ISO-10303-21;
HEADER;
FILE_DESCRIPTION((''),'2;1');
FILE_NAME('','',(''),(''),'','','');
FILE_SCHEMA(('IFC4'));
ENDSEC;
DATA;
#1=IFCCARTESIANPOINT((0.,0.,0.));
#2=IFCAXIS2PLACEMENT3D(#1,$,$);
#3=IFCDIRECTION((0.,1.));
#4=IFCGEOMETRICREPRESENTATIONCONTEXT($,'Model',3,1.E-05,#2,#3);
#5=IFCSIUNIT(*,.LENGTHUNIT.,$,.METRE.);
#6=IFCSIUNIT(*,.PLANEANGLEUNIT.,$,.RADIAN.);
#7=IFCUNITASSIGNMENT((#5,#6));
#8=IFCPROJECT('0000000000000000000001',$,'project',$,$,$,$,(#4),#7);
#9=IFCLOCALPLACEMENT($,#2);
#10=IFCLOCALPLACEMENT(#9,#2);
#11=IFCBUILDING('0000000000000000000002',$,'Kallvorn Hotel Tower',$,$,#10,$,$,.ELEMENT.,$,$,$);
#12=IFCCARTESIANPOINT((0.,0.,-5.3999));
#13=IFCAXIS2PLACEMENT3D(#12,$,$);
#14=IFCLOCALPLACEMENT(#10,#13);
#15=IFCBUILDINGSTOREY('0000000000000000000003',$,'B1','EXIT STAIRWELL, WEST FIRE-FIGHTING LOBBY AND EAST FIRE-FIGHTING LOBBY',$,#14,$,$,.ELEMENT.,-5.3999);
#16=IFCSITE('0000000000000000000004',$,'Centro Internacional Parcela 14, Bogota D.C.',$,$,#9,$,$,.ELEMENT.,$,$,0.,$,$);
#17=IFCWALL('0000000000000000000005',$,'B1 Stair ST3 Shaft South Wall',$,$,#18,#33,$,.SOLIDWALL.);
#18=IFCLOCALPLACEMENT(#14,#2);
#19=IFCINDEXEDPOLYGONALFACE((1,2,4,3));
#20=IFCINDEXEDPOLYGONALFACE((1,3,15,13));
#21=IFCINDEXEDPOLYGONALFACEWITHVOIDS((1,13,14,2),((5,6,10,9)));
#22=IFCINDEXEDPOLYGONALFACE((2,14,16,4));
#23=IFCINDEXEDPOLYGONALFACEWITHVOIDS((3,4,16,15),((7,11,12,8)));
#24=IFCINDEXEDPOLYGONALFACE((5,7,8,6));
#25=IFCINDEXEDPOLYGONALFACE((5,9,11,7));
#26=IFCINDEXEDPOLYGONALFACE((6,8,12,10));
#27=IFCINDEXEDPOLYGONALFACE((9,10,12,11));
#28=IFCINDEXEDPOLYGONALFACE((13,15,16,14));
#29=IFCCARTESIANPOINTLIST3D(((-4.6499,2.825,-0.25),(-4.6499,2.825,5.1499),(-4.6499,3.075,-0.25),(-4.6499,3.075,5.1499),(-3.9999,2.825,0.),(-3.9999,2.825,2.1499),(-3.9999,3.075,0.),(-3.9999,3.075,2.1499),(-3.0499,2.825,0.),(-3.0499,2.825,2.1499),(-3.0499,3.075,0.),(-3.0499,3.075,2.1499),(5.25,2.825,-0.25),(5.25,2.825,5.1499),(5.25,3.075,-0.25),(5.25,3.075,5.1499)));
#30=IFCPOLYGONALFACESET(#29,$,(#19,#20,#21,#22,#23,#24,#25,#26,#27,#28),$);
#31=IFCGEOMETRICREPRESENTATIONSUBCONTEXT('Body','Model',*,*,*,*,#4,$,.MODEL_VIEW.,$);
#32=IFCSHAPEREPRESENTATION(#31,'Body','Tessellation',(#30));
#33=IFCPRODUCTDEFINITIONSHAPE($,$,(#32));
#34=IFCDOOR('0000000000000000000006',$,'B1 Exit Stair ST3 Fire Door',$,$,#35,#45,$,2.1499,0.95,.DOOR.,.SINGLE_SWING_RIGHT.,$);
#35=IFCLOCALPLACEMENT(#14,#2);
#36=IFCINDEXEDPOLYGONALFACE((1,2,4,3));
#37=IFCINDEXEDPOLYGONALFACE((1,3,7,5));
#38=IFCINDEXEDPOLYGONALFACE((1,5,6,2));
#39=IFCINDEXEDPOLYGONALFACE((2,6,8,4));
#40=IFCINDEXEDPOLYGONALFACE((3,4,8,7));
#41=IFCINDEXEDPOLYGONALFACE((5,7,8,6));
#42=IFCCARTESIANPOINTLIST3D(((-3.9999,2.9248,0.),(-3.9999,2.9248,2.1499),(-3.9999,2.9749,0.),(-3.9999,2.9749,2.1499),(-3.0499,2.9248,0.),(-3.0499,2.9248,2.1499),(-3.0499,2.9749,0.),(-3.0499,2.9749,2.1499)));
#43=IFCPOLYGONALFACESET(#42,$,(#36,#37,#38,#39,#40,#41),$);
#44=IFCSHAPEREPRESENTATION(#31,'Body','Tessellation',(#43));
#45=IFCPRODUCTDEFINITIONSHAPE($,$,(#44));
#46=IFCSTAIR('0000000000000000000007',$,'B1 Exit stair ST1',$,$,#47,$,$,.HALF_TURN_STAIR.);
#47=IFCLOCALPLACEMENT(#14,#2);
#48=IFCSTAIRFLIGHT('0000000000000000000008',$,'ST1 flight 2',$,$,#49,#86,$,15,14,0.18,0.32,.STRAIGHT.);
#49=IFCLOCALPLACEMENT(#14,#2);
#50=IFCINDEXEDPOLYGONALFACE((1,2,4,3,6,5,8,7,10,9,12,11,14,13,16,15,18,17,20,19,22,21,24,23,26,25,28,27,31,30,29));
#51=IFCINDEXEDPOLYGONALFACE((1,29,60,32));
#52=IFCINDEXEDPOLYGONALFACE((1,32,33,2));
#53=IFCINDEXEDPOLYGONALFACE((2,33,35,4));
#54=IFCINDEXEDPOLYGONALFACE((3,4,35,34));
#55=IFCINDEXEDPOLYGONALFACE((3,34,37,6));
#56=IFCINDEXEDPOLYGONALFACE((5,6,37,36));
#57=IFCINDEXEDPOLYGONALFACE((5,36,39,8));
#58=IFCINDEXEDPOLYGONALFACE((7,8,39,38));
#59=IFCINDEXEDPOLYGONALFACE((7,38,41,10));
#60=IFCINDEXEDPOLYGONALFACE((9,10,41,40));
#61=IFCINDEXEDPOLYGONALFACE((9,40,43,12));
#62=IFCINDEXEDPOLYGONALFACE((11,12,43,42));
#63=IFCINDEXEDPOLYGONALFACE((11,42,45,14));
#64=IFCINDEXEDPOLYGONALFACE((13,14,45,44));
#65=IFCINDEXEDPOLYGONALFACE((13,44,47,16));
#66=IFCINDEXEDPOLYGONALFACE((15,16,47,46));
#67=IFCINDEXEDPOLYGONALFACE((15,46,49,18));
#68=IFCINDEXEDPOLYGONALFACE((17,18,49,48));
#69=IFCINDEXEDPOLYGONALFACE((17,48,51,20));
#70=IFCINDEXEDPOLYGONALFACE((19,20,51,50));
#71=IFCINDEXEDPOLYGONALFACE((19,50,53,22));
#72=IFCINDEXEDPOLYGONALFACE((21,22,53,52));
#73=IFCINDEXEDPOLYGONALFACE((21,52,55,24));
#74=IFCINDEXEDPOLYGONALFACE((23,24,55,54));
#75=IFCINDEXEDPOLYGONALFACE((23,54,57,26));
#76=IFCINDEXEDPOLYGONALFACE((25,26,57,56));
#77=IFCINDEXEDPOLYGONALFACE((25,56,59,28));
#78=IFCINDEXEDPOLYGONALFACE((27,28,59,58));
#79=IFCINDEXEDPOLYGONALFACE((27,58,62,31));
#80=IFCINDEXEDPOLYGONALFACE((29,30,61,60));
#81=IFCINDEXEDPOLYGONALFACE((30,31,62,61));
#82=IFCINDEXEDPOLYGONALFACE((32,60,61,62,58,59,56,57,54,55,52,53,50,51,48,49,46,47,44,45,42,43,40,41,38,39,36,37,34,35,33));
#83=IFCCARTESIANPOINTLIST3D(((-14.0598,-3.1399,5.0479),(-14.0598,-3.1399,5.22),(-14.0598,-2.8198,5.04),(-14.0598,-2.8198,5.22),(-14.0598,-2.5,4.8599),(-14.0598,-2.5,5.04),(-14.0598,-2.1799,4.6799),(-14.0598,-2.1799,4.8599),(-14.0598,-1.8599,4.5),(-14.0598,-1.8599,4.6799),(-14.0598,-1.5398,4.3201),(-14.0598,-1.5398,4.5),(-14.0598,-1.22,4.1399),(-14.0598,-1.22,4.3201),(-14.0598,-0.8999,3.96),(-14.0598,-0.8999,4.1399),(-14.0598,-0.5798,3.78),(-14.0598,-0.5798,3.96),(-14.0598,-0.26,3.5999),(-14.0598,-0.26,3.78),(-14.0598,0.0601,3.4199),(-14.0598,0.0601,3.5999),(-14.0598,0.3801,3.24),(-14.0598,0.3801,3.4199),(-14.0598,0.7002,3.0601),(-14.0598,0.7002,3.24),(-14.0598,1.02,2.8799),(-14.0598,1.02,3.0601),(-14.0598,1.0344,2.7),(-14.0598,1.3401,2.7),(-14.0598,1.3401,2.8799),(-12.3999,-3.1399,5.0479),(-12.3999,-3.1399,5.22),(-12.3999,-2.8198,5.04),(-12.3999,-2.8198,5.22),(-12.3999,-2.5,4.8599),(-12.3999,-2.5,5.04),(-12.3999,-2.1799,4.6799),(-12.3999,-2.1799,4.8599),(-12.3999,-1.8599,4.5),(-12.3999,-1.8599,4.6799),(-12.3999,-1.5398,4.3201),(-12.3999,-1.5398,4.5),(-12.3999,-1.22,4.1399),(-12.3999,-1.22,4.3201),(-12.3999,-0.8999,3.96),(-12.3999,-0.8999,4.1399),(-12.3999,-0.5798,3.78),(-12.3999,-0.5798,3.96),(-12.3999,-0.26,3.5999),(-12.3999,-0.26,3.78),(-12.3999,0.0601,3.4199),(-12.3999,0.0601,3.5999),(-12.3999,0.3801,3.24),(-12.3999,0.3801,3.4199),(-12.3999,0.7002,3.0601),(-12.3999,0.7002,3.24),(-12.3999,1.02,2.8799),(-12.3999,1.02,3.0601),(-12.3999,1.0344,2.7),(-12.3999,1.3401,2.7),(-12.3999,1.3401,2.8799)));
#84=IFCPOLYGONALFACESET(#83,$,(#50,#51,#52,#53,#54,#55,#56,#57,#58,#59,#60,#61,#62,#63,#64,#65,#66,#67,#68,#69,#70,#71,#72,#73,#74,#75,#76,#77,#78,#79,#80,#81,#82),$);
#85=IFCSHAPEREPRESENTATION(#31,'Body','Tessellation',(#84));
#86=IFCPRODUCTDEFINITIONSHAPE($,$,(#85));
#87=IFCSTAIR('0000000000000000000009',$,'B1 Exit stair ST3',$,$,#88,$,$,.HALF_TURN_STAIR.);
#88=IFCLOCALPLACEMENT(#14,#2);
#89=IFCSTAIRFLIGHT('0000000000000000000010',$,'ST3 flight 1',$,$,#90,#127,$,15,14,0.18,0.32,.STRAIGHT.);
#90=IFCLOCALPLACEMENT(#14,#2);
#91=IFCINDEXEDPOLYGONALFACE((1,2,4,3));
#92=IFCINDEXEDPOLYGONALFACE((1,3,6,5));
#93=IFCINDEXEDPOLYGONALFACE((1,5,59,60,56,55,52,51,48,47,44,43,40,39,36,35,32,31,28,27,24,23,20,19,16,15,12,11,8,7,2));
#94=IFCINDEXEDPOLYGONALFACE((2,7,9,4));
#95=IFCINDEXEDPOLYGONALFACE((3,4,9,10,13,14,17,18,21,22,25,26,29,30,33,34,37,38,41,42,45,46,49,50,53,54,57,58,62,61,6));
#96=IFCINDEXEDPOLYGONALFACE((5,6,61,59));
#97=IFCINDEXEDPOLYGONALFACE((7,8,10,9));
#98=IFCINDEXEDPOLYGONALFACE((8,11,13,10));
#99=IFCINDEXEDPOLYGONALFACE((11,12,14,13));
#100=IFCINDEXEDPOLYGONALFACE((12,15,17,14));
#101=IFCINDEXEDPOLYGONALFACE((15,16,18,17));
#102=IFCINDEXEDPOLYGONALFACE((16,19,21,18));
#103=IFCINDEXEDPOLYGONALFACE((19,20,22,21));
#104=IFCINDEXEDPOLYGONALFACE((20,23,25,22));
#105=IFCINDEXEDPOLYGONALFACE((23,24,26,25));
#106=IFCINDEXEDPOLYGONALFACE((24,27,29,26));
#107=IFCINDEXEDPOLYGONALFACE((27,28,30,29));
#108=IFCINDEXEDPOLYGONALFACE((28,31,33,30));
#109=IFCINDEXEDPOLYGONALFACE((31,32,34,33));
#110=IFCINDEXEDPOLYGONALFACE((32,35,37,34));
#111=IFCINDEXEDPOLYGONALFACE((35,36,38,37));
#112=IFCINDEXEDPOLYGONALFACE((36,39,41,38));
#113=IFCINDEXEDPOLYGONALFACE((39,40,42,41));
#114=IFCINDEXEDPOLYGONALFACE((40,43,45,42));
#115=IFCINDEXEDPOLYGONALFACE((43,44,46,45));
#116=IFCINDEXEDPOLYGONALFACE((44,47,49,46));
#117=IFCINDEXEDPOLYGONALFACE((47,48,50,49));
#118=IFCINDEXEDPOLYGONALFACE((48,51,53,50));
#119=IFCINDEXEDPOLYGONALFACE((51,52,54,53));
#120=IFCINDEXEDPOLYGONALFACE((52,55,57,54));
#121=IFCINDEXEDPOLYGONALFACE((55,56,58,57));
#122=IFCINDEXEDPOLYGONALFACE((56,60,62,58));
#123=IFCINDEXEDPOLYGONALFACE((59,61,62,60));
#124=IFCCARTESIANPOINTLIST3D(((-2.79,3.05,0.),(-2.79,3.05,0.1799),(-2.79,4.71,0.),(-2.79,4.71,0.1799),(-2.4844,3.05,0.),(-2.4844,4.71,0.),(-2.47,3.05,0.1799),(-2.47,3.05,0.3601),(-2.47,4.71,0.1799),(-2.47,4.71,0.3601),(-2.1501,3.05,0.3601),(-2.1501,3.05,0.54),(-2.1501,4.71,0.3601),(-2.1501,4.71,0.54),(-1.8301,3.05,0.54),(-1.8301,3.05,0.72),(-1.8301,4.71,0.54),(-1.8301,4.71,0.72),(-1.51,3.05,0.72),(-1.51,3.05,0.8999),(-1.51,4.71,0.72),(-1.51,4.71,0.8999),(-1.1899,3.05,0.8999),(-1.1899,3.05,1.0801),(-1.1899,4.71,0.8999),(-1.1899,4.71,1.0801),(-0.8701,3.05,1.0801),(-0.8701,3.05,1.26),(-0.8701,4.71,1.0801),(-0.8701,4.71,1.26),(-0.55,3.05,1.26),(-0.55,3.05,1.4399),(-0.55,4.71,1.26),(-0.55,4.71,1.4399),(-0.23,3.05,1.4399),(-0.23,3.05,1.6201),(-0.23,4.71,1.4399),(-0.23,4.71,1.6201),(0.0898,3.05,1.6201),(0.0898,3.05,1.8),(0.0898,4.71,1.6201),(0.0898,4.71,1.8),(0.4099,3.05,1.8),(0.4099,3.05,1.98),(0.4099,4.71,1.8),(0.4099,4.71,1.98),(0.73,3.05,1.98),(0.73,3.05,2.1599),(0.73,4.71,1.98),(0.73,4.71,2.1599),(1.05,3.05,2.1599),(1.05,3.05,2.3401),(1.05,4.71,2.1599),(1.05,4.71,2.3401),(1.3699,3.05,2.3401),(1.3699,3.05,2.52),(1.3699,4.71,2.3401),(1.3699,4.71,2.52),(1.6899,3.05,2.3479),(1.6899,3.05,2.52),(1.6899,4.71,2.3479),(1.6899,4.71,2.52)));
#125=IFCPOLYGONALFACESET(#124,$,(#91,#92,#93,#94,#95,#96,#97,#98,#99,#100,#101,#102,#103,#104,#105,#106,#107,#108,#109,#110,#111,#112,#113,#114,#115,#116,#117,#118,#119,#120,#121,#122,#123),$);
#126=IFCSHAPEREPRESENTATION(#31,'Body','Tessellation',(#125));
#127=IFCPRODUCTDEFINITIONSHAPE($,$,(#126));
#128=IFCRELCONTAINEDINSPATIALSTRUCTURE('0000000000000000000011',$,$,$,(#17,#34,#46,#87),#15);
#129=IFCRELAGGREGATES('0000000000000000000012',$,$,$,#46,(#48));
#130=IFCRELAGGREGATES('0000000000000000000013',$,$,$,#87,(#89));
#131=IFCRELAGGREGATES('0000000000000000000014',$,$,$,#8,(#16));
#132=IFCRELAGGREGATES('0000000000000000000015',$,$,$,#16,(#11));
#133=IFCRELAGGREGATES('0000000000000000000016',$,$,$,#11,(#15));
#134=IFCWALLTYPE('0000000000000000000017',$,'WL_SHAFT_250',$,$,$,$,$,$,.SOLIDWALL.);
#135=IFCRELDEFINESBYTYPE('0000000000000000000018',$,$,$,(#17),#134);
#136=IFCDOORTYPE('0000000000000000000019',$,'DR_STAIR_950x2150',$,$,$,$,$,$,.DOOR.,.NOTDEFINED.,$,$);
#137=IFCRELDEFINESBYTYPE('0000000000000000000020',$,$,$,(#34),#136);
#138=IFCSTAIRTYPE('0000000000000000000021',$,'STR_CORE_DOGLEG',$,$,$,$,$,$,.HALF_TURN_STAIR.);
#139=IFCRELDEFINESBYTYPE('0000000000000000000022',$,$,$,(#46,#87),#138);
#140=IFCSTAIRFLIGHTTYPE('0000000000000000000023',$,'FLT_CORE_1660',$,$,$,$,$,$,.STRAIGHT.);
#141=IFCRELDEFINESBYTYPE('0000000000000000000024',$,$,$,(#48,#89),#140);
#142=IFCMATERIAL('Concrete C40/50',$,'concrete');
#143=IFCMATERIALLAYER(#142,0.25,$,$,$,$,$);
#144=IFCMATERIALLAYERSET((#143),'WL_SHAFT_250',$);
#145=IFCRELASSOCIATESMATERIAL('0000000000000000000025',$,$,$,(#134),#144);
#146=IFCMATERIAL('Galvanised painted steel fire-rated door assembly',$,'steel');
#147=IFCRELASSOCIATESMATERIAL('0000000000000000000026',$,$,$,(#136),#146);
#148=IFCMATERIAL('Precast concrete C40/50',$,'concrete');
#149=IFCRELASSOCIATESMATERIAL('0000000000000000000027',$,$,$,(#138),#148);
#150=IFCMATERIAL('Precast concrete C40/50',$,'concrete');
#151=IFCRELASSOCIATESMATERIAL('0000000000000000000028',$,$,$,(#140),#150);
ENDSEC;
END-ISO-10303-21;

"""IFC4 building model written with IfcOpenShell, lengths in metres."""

from ifc_helpers import new_model, si_unit, direction, frame, frame_2d, origin, place, context, subcontext, project, spatial, polyline, rectangle, outline, extrude, material, layer, layer_set, type_object, element, fill, aggregate, save


model = new_model("IFC4")

# Units and contexts
model_context = context("Model", 3, precision=1e-05, world=origin(), true_north=direction((0.0, 1.0)))
body_context = subcontext(model_context, "Body", "Model", "MODEL_VIEW")
ifc_project = project(units=[si_unit("LENGTHUNIT", "METRE"), si_unit("PLANEANGLEUNIT", "RADIAN")], contexts=[model_context])

# Site, building, storey
site_placement = place(None, origin())
site = spatial("IfcSite", under=ifc_project, at=site_placement, Name="Centro Internacional Parcela 14, Bogota D.C.", CompositionType="ELEMENT", RefElevation=0.0)
building_placement = place(site_placement, origin())
building = spatial("IfcBuilding", under=site, at=building_placement, Name="Kallvorn Hotel Tower", CompositionType="ELEMENT")
storey_placement = place(building_placement, frame((0.0, 0.0, -5.3999)))
storey = spatial("IfcBuildingStorey", under=building, at=storey_placement, Name="B1", Description="EXIT STAIRWELL, WEST FIRE-FIGHTING LOBBY AND EAST FIRE-FIGHTING LOBBY", CompositionType="ELEMENT", Elevation=-5.3999)

# Shared definitions
ifc_material_1 = material(Name="Concrete C40/50", Category="concrete")
ifc_layer_1 = layer(ifc_material_1, 0.25)
ifc_layer_set_1 = layer_set([ifc_layer_1], Name="WL_SHAFT_250")
wall_type_1 = type_object("IfcWallType", Name="WL_SHAFT_250", PredefinedType="SOLIDWALL", material=ifc_layer_set_1)

# Wall, opening, door
wall_1_placement = place(storey_placement, frame((-4.6499, 2.95, -0.25), z_axis=(0.0, 0.0, 1.0), x_axis=(1.0, 0.0, 0.0)))
wall_1 = element("IfcWall", 1, at=wall_1_placement, inside=storey, type_object=wall_type_1, Name="B1 Stair ST3 Shaft South Wall", PredefinedType="SOLIDWALL", context=body_context, shape_type="SweptSolid", body=[
    extrude(rectangle(XDim=9.8999, YDim=0.25, at=frame_2d((4.95, 0.0))), origin(), (0.0, 0.0, 1.0), 5.3999),
])
opening_1_placement = place(wall_1_placement, frame((0.6499, 0.0, 0.25)))
opening_1 = element("IfcOpeningElement", 2, at=opening_1_placement, cuts=wall_1, PredefinedType="OPENING", context=body_context, shape_type="SweptSolid", body=[
    extrude(rectangle(XDim=0.95, YDim=2.1499, at=frame_2d((0.4751, 1.075))), frame((0.0, 0.1399, 0.0), z_axis=(0.0, -1.0, 0.0), x_axis=(1.0, 0.0, 0.0)), (0.0, 0.0, 1.0), 0.28),
])
ifc_material_2 = material(Name="Galvanised painted steel fire-rated door assembly", Category="steel")
door_type_1 = type_object("IfcDoorType", Name="DR_STAIR_950x2150", OperationType="NOTDEFINED", PredefinedType="DOOR", material=ifc_material_2)
door_1_placement = place(opening_1_placement, origin())
door_1 = element("IfcDoor", 3, at=door_1_placement, inside=storey, type_object=door_type_1, Name="B1 Exit Stair ST3 Fire Door", OperationType="SINGLE_SWING_RIGHT", OverallHeight=2.1499, OverallWidth=0.95, PredefinedType="DOOR", context=body_context, shape_type="SweptSolid", body=[
    extrude(rectangle(XDim=0.95, YDim=2.1499, at=frame_2d((0.4751, 1.075))), frame((0.0, 0.0249, 0.0), z_axis=(0.0, -1.0, 0.0), x_axis=(1.0, 0.0, 0.0)), (0.0, 0.0, 1.0), 0.05),
])
fill(opening_1, door_1)

# Stairs, stair flights
ifc_material_3 = material(Name="Precast concrete C40/50", Category="concrete")
stair_type = type_object("IfcStairType", Name="STR_CORE_DOGLEG", PredefinedType="HALF_TURN_STAIR", material=ifc_material_3)
stair_1_placement = place(storey_placement, origin())
stair_1 = element("IfcStair", 4, at=stair_1_placement, inside=storey, type_object=stair_type, Name="B1 Exit stair ST1", PredefinedType="HALF_TURN_STAIR")
ifc_material_4 = material(Name="Precast concrete C40/50", Category="concrete")
stair_flight_type = type_object("IfcStairFlightType", Name="FLT_CORE_1660", PredefinedType="STRAIGHT", material=ifc_material_4)
stair_flight_1_placement = place(storey_placement, frame((-13.23, 1.3401, 2.7), z_axis=(0.0, 0.0, 1.0), x_axis=(0.0, -1.0, 0.0)))
stair_flight_1 = element("IfcStairFlight", 5, at=stair_flight_1_placement, type_object=stair_flight_type, Name="ST1 flight 2", NumberOfRisers=15, NumberOfTreads=14, PredefinedType="STRAIGHT", RiserHeight=0.18, TreadLength=0.32, context=body_context, shape_type="SweptSolid", body=[
    extrude(outline(polyline([(0.0, 0.0), (0.0, 0.1799), (0.3201, 0.1799), (0.3201, 0.3601), (0.6399, 0.3601), (0.6399, 0.54), (0.96, 0.54), (0.96, 0.72), (1.28, 0.72), (1.28, 0.8999), (1.6001, 0.8999), (1.6001, 1.0801), (1.9199, 1.0801), (1.9199, 1.26), (2.24, 1.26), (2.24, 1.4399), (2.5601, 1.4399), (2.5601, 1.6201), (2.8799, 1.6201), (2.8799, 1.8), (3.2, 1.8), (3.2, 1.98), (3.52, 1.98), (3.52, 2.1599), (3.8401, 2.1599), (3.8401, 2.3401), (4.1599, 2.3401), (4.1599, 2.52), (4.48, 2.52), (4.48, 2.7), (4.48, 2.3479), (0.3057, 0.0), (0.0, 0.0)])), frame((0.0, 0.8301, 0.0), z_axis=(0.0, -1.0, 0.0), x_axis=(1.0, 0.0, 0.0)), (0.0, 0.0, 1.0), 1.6599),
])
aggregate(stair_1, [stair_flight_1])
stair_2_placement = place(storey_placement, origin())
stair_2 = element("IfcStair", 6, at=stair_2_placement, inside=storey, type_object=stair_type, Name="B1 Exit stair ST3", PredefinedType="HALF_TURN_STAIR")
stair_flight_2_placement = place(storey_placement, frame((-2.79, 3.8799, 0.0), z_axis=(0.0, 0.0, 1.0), x_axis=(1.0, 0.0, 0.0)))
stair_flight_2 = element("IfcStairFlight", 7, at=stair_flight_2_placement, type_object=stair_flight_type, Name="ST3 flight 1", NumberOfRisers=15, NumberOfTreads=14, PredefinedType="STRAIGHT", RiserHeight=0.18, TreadLength=0.32, context=body_context, shape_type="SweptSolid", body=[
    extrude(outline(polyline([(0.0, 0.0), (0.0, 0.1799), (0.3201, 0.1799), (0.3201, 0.3601), (0.6399, 0.3601), (0.6399, 0.54), (0.96, 0.54), (0.96, 0.72), (1.28, 0.72), (1.28, 0.8999), (1.6001, 0.8999), (1.6001, 1.0801), (1.9199, 1.0801), (1.9199, 1.26), (2.24, 1.26), (2.24, 1.4399), (2.5601, 1.4399), (2.5601, 1.6201), (2.8799, 1.6201), (2.8799, 1.8), (3.2, 1.8), (3.2, 1.98), (3.52, 1.98), (3.52, 2.1599), (3.8401, 2.1599), (3.8401, 2.3401), (4.1599, 2.3401), (4.1599, 2.52), (4.48, 2.52), (4.48, 2.7), (4.48, 2.3479), (0.3057, 0.0), (0.0, 0.0)])), frame((0.0, 0.8301, 0.0), z_axis=(0.0, -1.0, 0.0), x_axis=(1.0, 0.0, 0.0)), (0.0, 0.0, 1.0), 1.6599),
])
aggregate(stair_2, [stair_flight_2])

save(model, "model.ifc")
